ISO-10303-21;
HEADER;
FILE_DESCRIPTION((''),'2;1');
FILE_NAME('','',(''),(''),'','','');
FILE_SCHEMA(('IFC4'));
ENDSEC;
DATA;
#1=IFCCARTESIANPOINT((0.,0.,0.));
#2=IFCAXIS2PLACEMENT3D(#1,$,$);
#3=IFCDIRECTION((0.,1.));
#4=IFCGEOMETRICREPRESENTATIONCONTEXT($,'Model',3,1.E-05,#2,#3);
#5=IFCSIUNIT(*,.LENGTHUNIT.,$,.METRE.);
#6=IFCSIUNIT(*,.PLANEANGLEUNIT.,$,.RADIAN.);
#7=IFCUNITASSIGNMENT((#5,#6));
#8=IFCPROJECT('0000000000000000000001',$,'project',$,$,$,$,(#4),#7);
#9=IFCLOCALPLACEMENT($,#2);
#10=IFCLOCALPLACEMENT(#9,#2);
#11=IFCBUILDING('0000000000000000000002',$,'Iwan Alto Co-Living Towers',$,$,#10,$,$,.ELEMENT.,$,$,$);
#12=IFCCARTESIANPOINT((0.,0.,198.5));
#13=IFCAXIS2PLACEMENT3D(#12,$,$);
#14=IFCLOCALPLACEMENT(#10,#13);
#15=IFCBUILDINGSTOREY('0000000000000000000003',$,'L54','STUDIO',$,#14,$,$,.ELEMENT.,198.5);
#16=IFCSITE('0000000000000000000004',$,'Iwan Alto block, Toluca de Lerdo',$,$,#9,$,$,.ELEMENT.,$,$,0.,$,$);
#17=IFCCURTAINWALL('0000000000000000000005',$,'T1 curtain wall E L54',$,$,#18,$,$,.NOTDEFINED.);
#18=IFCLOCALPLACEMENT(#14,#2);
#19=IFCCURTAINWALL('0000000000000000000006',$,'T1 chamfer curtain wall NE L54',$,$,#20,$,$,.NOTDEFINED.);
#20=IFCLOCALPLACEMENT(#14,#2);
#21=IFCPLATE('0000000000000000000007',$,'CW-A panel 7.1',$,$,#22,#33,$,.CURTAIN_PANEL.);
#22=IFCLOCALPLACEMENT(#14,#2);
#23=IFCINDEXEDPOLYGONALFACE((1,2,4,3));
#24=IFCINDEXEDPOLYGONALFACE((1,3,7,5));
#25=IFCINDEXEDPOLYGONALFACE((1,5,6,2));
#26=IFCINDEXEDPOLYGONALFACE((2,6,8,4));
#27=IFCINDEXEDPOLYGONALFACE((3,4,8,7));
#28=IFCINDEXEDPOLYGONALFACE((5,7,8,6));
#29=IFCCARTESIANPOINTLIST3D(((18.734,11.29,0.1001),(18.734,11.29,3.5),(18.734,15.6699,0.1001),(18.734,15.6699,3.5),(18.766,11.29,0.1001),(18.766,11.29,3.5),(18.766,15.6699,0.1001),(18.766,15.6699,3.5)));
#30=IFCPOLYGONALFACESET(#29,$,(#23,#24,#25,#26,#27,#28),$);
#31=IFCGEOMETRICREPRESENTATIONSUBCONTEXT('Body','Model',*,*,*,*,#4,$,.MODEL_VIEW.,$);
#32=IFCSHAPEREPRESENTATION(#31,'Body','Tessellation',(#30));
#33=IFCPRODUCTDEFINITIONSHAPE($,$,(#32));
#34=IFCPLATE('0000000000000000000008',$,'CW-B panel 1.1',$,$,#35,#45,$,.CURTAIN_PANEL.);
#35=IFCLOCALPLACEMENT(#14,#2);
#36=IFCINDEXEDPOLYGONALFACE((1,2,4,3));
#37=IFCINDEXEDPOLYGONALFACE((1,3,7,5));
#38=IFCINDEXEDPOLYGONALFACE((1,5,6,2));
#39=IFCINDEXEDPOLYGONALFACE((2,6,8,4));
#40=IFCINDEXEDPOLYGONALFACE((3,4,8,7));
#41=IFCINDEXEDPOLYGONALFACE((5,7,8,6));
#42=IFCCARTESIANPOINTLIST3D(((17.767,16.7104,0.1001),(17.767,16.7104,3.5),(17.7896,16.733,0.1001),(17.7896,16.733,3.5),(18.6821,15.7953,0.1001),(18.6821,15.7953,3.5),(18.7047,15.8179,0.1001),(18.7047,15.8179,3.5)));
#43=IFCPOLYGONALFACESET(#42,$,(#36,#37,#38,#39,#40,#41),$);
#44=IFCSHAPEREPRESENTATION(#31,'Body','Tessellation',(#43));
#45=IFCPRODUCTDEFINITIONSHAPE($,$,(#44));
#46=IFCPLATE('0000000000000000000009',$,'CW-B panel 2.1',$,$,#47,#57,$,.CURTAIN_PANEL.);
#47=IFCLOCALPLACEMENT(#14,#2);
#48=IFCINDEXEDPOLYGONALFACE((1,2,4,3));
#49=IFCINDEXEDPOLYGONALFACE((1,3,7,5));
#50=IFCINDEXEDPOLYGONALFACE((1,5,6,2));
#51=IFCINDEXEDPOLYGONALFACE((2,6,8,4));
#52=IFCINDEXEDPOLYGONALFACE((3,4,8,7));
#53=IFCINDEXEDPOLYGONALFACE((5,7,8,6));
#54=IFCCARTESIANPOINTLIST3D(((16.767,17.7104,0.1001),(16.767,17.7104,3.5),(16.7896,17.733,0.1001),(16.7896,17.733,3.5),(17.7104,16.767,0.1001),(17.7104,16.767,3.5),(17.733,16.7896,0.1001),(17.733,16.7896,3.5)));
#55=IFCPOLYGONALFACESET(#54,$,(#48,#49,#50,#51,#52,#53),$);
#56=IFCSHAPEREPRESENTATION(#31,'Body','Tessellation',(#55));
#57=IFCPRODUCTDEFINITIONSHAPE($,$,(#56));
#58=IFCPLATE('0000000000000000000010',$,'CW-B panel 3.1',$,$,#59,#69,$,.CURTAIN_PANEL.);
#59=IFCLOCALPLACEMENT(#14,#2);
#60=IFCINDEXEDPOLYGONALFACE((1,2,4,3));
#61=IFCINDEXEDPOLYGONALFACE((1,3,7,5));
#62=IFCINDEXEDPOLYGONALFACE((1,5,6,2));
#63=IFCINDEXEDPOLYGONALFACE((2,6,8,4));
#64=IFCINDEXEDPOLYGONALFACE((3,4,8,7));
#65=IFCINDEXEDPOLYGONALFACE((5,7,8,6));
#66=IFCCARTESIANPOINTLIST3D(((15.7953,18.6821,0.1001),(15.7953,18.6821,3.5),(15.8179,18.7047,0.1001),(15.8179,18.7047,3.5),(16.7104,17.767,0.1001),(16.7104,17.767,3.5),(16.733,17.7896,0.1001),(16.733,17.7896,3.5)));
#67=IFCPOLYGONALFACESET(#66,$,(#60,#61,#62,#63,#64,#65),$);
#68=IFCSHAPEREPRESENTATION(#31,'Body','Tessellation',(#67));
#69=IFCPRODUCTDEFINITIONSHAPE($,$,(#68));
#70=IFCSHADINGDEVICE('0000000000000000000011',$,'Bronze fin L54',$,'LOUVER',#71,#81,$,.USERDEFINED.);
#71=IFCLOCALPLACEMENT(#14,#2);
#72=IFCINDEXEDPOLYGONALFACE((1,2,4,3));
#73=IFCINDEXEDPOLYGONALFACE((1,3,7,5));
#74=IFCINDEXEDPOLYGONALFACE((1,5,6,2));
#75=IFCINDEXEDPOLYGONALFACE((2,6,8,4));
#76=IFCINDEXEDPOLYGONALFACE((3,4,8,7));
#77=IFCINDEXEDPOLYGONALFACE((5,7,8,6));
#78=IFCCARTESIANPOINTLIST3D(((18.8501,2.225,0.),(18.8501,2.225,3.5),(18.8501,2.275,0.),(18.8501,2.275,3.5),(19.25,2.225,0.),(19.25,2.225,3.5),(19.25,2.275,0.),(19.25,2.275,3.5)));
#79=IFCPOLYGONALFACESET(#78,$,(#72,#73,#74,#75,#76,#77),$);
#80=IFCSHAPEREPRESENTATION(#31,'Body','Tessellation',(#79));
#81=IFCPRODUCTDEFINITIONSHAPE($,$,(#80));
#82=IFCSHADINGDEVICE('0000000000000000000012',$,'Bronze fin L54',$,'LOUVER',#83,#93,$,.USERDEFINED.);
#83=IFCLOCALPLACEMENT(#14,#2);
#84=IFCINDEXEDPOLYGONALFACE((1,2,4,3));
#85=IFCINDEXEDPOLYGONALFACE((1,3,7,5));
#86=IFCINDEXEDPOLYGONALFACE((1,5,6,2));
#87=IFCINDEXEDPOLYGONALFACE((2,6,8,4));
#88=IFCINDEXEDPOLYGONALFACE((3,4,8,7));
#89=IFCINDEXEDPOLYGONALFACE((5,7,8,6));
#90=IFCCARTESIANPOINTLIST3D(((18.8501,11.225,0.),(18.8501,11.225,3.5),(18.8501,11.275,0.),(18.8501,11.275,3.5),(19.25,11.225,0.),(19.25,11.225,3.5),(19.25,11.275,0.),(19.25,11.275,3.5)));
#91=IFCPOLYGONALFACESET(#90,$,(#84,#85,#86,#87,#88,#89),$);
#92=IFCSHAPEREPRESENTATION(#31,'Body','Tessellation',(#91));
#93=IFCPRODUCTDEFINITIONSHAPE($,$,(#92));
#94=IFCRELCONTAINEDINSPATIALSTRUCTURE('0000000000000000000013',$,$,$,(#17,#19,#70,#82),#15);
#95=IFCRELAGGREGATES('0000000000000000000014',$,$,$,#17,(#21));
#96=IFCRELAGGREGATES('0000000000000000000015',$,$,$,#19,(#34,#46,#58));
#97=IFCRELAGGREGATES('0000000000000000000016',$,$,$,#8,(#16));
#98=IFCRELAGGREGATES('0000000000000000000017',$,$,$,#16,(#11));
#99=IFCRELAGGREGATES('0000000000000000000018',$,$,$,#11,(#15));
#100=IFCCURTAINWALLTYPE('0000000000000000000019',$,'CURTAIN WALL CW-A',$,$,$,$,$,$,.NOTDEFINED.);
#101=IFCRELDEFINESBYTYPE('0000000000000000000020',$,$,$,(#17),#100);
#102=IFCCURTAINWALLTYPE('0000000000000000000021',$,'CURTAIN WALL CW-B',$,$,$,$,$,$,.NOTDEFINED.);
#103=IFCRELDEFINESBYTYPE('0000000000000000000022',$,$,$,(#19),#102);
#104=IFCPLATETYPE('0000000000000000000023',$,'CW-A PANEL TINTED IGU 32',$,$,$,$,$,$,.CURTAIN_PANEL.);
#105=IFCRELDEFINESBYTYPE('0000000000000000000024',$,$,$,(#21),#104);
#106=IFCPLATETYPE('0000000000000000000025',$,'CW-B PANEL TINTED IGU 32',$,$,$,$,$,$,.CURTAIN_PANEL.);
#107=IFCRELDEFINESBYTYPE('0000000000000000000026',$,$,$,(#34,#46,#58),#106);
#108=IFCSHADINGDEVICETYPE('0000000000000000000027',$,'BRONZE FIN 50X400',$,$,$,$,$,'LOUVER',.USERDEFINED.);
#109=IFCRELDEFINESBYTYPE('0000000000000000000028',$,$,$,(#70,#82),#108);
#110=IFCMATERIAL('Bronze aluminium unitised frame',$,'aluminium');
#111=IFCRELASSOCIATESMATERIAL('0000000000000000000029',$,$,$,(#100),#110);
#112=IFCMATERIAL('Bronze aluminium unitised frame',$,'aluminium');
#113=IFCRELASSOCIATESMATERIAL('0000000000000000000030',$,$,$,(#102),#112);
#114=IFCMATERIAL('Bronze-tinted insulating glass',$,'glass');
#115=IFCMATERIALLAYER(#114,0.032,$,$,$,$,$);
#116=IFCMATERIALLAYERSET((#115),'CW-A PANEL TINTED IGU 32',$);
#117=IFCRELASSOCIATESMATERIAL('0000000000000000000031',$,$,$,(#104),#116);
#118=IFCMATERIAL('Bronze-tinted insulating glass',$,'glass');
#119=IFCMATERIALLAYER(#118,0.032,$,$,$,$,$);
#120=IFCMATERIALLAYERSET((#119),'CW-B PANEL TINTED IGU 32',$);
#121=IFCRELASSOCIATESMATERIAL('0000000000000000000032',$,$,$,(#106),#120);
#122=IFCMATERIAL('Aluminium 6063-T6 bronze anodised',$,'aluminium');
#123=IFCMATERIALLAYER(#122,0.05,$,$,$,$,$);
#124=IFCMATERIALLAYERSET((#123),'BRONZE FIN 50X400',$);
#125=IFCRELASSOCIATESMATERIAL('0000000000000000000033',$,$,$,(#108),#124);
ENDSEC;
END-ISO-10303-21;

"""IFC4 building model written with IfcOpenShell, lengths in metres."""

from ifc_helpers import new_model, si_unit, direction, frame, origin, origin_2d, place, context, subcontext, project, spatial, rectangle, extrude, material, layer, layer_set, type_object, element, aggregate, save


model = new_model("IFC4")

# Units and contexts
model_context = context("Model", 3, precision=1e-05, world=origin(), true_north=direction((0.0, 1.0)))
body_context = subcontext(model_context, "Body", "Model", "MODEL_VIEW")
ifc_project = project(units=[si_unit("LENGTHUNIT", "METRE"), si_unit("PLANEANGLEUNIT", "RADIAN")], contexts=[model_context])

# Site, building, storey
site_placement = place(None, origin())
site = spatial("IfcSite", under=ifc_project, at=site_placement, Name="Iwan Alto block, Toluca de Lerdo", CompositionType="ELEMENT", RefElevation=0.0)
building_placement = place(site_placement, origin())
building = spatial("IfcBuilding", under=site, at=building_placement, Name="Iwan Alto Co-Living Towers", CompositionType="ELEMENT")
storey_placement = place(building_placement, frame((0.0, 0.0, 198.5)))
storey = spatial("IfcBuildingStorey", under=building, at=storey_placement, Name="L54", Description="STUDIO", CompositionType="ELEMENT", Elevation=198.5)

# Curtain wall
ifc_material_1 = material(Name="Bronze aluminium unitised frame", Category="aluminium")
curtain_wall_type_1 = type_object("IfcCurtainWallType", Name="CURTAIN WALL CW-A", PredefinedType="NOTDEFINED", material=ifc_material_1)
curtain_wall_1_placement = place(storey_placement, origin())
curtain_wall_1 = element("IfcCurtainWall", 1, at=curtain_wall_1_placement, inside=storey, type_object=curtain_wall_type_1, Name="T1 curtain wall E L54", PredefinedType="NOTDEFINED")

# Curtain wall
ifc_material_2 = material(Name="Bronze aluminium unitised frame", Category="aluminium")
curtain_wall_type_2 = type_object("IfcCurtainWallType", Name="CURTAIN WALL CW-B", PredefinedType="NOTDEFINED", material=ifc_material_2)
curtain_wall_2_placement = place(storey_placement, origin())
curtain_wall_2 = element("IfcCurtainWall", 2, at=curtain_wall_2_placement, inside=storey, type_object=curtain_wall_type_2, Name="T1 chamfer curtain wall NE L54", PredefinedType="NOTDEFINED")

# Plates
ifc_material_3 = material(Name="Bronze-tinted insulating glass", Category="glass")
ifc_layer_1 = layer(ifc_material_3, 0.032)
ifc_layer_set_1 = layer_set([ifc_layer_1], Name="CW-A PANEL TINTED IGU 32")
plate_type_1 = type_object("IfcPlateType", Name="CW-A PANEL TINTED IGU 32", PredefinedType="CURTAIN_PANEL", material=ifc_layer_set_1)
plate_1_placement = place(storey_placement, frame((18.75, 13.48, 0.1001), z_axis=(0.0, 0.0, 1.0), x_axis=(0.0, 1.0, 0.0)))
plate_1 = element("IfcPlate", 3, at=plate_1_placement, type_object=plate_type_1, Name="CW-A panel 7.1", PredefinedType="CURTAIN_PANEL", context=body_context, shape_type="SweptSolid", body=[
    extrude(rectangle(XDim=4.3799, YDim=0.032, at=origin_2d()), origin(), (0.0, 0.0, 1.0), 3.3999),
])
aggregate(curtain_wall_1, [plate_1])
ifc_material_4 = material(Name="Bronze-tinted insulating glass", Category="glass")
ifc_layer_2 = layer(ifc_material_4, 0.032)
ifc_layer_set_2 = layer_set([ifc_layer_2], Name="CW-B PANEL TINTED IGU 32")
plate_type_2 = type_object("IfcPlateType", Name="CW-B PANEL TINTED IGU 32", PredefinedType="CURTAIN_PANEL", material=ifc_layer_set_2)
plate_2_placement = place(storey_placement, frame((18.2358, 16.2642, 0.1001), z_axis=(0.0, 0.0, 1.0), x_axis=(-0.707107, 0.707107, 0.0)))
plate_2 = element("IfcPlate", 4, at=plate_2_placement, type_object=plate_type_2, Name="CW-B panel 1.1", PredefinedType="CURTAIN_PANEL", context=body_context, shape_type="SweptSolid", body=[
    extrude(rectangle(XDim=1.2942, YDim=0.032, at=origin_2d()), origin(), (0.0, 0.0, 1.0), 3.3999),
])
plate_3_placement = place(storey_placement, frame((17.25, 17.25, 0.1001), z_axis=(0.0, 0.0, 1.0), x_axis=(-0.707107, 0.707107, 0.0)))
plate_3 = element("IfcPlate", 5, at=plate_3_placement, type_object=plate_type_2, Name="CW-B panel 2.1", PredefinedType="CURTAIN_PANEL", context=body_context, shape_type="SweptSolid", body=[
    extrude(rectangle(XDim=1.3342, YDim=0.032, at=origin_2d()), origin(), (0.0, 0.0, 1.0), 3.3999),
])
plate_4_placement = place(storey_placement, frame((16.2642, 18.2358, 0.1001), z_axis=(0.0, 0.0, 1.0), x_axis=(-0.707107, 0.707107, 0.0)))
plate_4 = element("IfcPlate", 6, at=plate_4_placement, type_object=plate_type_2, Name="CW-B panel 3.1", PredefinedType="CURTAIN_PANEL", context=body_context, shape_type="SweptSolid", body=[
    extrude(rectangle(XDim=1.2942, YDim=0.032, at=origin_2d()), origin(), (0.0, 0.0, 1.0), 3.3999),
])
aggregate(curtain_wall_2, [plate_2, plate_3, plate_4])

# Shading devices
ifc_material_5 = material(Name="Aluminium 6063-T6 bronze anodised", Category="aluminium")
ifc_layer_3 = layer(ifc_material_5, 0.05)
ifc_layer_set_3 = layer_set([ifc_layer_3], Name="BRONZE FIN 50X400")
shading_device_type = type_object("IfcShadingDeviceType", Name="BRONZE FIN 50X400", ElementType="LOUVER", PredefinedType="USERDEFINED", material=ifc_layer_set_3)
for number, where, z_axis, x_axis, name in (
    (7, (19.05, 2.25, 0.0), (0.0, 0.0, 1.0), (0.0, 1.0, 0.0), "Bronze fin L54"),
    (8, (19.05, 11.25, 0.0), (0.0, 0.0, 1.0), (0.0, 1.0, 0.0), "Bronze fin L54"),
):
    element("IfcShadingDevice", number, at=place(storey_placement, frame(where, z_axis=z_axis, x_axis=x_axis)), inside=storey, type_object=shading_device_type, Name=name, ObjectType="LOUVER", PredefinedType="USERDEFINED", context=body_context, shape_type="SweptSolid", body=[
        extrude(rectangle(XDim=0.05, YDim=0.3999, at=origin_2d()), origin(), (0.0, 0.0, 1.0), 3.5),
    ])

save(model, "model.ifc")
